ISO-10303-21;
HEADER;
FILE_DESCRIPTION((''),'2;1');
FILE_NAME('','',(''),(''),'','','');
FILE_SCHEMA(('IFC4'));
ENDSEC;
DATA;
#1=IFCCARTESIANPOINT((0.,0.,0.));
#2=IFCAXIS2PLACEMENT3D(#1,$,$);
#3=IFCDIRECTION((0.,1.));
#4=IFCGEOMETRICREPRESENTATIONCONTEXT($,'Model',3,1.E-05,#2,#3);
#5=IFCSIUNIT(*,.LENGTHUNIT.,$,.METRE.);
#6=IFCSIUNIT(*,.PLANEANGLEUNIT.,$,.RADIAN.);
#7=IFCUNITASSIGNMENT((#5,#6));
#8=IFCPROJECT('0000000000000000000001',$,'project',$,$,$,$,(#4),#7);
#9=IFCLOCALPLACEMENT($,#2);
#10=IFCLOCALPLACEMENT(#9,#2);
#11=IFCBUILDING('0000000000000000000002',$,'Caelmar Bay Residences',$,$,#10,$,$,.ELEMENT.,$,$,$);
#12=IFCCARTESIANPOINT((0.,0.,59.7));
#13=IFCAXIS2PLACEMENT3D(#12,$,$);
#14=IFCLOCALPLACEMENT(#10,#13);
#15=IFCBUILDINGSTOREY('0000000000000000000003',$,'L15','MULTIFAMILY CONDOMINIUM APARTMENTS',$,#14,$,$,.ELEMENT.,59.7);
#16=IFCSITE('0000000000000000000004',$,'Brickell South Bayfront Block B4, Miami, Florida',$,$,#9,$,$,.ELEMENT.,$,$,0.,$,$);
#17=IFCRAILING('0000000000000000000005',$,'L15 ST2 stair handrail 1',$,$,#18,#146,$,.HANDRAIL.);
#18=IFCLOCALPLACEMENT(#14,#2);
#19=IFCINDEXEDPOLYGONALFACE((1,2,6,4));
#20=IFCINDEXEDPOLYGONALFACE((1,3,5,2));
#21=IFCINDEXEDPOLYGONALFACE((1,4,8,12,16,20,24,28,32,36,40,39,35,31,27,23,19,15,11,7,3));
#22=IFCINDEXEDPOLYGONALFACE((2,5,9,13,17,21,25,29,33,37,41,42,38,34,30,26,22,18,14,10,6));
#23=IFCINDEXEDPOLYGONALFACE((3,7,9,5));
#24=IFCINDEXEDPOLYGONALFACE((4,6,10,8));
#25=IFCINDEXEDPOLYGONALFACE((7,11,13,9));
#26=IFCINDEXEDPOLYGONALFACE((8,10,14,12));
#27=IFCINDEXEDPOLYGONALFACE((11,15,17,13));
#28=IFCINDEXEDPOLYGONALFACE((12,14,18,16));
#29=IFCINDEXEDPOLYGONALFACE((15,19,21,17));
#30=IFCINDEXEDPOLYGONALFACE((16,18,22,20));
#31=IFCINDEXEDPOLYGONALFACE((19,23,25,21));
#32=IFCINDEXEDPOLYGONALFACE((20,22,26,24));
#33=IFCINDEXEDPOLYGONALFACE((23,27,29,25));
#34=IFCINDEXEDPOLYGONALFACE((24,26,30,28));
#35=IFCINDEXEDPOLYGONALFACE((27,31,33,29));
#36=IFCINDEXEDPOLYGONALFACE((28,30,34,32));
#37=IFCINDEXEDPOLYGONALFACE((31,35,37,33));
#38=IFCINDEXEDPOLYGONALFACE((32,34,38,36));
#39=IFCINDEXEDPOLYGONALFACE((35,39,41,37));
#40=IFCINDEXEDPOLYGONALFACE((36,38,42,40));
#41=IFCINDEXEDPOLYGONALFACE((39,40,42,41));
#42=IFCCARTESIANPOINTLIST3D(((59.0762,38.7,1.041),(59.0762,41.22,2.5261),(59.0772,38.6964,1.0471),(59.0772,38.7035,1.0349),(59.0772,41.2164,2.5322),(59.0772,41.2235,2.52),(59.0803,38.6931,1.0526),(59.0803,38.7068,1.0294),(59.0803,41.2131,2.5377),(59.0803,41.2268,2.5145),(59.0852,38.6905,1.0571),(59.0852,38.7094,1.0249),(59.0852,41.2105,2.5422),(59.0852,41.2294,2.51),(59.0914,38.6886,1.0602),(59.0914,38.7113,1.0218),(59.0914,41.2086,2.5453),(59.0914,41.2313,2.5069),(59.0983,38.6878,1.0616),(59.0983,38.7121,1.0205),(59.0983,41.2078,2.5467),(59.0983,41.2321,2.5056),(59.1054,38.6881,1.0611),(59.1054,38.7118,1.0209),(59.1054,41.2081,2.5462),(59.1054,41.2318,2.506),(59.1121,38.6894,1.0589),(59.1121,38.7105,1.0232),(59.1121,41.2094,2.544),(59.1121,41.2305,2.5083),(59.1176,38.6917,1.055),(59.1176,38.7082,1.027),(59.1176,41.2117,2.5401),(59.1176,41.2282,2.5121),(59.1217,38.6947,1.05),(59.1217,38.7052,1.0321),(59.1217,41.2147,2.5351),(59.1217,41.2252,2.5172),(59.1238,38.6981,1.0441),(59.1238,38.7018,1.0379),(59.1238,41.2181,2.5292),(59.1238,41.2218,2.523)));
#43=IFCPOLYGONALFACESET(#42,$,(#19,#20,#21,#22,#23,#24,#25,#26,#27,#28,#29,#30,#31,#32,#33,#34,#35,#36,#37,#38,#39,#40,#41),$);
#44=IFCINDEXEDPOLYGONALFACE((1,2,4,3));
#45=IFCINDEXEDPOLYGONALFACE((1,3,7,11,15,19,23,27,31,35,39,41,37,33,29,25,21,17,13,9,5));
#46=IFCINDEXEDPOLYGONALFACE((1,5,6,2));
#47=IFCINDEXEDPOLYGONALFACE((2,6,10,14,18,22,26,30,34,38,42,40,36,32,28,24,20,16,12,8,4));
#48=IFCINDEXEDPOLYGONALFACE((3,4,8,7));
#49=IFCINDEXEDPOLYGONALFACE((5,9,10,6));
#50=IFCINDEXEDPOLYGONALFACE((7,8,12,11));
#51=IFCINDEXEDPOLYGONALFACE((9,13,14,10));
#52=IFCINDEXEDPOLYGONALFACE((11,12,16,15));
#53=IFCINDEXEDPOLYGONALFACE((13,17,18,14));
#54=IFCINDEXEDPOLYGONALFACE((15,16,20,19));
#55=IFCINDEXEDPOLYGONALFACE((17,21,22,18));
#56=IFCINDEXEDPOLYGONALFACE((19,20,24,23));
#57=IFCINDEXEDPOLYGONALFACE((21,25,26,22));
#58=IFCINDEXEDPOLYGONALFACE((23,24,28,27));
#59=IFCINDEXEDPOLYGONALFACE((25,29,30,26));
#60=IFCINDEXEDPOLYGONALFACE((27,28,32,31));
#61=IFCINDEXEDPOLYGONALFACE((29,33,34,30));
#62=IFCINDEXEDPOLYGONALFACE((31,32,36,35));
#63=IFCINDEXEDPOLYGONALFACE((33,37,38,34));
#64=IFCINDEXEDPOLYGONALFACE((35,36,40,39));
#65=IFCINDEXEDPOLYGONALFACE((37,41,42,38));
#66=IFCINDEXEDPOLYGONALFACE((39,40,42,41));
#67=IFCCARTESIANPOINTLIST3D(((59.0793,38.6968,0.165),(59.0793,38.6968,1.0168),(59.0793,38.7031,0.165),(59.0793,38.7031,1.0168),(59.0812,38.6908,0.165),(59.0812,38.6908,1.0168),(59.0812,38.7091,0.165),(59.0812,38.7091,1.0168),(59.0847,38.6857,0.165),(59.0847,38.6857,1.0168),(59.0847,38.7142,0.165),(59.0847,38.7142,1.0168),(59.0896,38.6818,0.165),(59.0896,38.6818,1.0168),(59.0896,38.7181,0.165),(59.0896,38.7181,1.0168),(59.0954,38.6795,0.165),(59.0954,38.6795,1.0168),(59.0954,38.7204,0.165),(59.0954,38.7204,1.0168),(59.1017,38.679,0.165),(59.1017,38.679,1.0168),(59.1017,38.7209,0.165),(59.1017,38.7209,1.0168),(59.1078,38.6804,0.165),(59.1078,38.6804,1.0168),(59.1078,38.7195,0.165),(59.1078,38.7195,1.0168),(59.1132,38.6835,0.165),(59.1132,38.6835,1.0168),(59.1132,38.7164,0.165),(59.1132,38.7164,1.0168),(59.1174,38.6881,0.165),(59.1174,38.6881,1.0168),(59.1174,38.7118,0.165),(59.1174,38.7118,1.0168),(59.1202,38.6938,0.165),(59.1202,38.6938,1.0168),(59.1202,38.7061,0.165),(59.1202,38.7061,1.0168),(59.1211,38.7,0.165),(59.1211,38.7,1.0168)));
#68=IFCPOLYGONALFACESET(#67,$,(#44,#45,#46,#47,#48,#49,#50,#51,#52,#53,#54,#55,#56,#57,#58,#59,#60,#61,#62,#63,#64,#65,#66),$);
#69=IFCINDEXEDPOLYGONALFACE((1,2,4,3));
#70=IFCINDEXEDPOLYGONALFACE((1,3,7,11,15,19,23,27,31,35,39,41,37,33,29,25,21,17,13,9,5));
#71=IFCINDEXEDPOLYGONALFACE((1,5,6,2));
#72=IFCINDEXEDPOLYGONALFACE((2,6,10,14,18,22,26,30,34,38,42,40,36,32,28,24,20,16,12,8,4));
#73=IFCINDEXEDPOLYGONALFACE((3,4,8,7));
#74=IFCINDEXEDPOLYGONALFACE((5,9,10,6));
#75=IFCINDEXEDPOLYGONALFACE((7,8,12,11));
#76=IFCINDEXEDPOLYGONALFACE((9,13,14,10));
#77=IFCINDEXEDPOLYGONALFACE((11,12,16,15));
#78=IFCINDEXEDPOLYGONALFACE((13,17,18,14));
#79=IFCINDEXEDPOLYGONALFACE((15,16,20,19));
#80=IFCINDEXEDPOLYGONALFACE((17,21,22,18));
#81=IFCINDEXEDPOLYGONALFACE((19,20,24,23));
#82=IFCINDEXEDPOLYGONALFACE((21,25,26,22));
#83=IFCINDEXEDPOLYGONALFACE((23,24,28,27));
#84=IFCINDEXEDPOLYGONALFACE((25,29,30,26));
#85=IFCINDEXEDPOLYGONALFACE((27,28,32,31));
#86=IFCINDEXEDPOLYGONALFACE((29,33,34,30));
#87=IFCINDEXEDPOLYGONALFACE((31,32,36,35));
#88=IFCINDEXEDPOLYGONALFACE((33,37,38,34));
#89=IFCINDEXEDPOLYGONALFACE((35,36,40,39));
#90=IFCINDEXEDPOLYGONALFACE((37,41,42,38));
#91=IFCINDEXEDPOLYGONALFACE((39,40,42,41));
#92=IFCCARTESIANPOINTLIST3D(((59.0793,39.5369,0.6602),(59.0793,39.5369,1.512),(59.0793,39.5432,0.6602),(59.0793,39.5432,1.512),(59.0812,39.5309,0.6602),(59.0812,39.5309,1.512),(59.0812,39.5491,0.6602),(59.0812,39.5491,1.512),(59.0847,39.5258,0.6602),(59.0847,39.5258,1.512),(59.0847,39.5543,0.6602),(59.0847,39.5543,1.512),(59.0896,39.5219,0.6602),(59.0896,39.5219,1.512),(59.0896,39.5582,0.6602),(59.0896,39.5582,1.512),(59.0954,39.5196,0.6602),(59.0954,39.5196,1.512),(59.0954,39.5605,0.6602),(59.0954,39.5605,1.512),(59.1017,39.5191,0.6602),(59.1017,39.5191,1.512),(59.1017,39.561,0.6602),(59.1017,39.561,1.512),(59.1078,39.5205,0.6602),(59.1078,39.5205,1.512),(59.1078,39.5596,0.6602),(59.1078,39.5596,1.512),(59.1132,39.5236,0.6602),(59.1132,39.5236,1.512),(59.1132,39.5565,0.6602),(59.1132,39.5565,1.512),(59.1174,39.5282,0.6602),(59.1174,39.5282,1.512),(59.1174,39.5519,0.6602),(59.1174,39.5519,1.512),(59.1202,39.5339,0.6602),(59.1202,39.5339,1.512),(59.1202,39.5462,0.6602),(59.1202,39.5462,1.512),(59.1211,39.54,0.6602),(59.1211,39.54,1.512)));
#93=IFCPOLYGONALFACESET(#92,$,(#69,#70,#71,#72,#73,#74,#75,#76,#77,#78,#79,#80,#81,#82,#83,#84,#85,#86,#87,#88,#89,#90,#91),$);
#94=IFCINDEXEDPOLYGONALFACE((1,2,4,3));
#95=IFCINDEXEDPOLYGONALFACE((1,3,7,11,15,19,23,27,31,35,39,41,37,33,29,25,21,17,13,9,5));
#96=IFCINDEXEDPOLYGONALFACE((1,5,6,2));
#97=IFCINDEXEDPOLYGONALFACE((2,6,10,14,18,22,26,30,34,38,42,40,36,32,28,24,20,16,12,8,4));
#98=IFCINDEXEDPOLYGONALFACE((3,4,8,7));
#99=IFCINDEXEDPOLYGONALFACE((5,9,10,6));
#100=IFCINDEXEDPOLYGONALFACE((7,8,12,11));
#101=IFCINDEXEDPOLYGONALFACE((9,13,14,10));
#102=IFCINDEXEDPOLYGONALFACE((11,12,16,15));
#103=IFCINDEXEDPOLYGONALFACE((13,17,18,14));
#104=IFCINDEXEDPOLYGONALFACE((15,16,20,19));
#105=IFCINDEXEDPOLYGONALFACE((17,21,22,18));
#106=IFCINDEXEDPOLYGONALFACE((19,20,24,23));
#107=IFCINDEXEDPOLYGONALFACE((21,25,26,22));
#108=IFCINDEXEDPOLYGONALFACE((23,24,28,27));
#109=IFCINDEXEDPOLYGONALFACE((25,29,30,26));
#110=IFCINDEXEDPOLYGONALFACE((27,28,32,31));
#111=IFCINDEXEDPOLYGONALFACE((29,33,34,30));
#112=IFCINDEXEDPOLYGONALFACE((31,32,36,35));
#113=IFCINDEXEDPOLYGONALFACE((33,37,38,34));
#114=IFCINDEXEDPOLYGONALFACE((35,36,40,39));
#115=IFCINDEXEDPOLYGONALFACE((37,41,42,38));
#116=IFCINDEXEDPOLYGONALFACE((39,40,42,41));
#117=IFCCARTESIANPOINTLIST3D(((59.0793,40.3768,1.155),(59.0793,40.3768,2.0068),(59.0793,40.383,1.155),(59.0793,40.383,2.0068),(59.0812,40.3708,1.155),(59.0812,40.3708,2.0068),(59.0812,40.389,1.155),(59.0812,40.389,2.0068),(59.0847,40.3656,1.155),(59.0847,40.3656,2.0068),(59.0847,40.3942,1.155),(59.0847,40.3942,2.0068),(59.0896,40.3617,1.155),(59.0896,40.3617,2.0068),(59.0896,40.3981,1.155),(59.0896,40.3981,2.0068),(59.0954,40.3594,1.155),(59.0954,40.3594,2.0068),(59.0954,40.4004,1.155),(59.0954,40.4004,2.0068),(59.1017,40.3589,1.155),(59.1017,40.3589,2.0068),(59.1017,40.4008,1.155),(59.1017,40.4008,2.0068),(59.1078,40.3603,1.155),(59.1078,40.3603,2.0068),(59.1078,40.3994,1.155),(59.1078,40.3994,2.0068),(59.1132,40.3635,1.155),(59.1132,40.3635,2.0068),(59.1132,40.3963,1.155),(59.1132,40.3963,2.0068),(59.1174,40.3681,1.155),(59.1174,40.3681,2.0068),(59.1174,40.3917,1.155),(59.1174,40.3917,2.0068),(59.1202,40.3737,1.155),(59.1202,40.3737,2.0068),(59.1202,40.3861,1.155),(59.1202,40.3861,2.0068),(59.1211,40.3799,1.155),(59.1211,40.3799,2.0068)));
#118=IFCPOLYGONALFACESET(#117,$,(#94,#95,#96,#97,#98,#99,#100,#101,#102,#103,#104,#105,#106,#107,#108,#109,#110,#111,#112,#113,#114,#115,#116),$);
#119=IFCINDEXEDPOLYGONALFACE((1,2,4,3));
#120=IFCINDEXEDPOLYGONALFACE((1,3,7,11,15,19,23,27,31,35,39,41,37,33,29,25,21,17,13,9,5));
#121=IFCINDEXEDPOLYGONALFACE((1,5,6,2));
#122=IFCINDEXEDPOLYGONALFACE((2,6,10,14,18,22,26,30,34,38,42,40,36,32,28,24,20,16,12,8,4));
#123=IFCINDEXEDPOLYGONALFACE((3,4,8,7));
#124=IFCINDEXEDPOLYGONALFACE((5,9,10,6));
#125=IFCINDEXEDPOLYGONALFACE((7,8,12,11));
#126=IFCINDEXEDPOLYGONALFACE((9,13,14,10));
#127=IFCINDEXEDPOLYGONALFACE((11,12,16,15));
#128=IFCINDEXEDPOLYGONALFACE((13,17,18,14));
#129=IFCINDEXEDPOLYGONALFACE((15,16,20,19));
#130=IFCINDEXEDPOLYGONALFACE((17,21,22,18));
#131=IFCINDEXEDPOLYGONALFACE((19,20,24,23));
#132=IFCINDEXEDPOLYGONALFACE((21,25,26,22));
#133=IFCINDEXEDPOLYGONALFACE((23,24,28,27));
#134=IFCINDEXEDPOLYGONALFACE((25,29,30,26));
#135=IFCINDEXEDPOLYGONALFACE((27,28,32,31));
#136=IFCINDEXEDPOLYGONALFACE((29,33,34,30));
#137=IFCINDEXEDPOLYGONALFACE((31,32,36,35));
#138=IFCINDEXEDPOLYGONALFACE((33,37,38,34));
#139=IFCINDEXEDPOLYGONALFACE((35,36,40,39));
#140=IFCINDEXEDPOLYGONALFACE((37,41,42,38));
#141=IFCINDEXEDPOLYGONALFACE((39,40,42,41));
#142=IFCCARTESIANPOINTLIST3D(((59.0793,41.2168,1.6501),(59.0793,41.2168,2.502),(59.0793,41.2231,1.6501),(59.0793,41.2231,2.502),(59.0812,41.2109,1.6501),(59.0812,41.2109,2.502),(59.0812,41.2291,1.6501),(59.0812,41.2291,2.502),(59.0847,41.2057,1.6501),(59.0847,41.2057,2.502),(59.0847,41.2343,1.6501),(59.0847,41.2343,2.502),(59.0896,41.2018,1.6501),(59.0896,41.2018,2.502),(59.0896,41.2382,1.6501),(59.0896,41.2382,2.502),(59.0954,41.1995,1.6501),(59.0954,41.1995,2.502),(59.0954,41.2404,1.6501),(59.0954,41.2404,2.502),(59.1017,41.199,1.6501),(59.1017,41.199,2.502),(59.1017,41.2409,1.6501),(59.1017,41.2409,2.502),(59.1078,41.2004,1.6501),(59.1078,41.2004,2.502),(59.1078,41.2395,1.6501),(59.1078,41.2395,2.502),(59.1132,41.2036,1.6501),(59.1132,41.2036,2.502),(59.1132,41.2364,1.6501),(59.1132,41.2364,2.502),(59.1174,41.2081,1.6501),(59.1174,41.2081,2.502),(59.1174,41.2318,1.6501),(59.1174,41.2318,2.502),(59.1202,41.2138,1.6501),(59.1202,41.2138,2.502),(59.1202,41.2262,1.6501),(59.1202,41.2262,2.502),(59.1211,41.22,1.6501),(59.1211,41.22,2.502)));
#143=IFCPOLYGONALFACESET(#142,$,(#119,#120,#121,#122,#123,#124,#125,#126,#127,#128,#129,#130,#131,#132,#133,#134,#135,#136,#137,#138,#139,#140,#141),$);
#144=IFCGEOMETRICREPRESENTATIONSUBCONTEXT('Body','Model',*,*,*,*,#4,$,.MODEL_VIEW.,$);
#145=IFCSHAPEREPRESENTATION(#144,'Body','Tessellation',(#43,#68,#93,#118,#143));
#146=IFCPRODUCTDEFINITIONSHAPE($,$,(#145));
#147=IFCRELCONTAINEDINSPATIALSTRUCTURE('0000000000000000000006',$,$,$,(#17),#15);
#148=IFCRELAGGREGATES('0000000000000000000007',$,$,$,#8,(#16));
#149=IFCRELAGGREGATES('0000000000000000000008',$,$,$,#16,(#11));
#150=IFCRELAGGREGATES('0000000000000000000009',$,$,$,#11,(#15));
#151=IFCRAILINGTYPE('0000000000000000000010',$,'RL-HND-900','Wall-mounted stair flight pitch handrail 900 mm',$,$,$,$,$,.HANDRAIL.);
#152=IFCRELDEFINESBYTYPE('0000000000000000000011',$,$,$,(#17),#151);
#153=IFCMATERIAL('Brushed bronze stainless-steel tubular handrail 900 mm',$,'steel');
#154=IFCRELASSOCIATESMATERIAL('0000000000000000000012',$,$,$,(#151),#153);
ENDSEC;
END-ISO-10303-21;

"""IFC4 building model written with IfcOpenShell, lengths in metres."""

from ifc_helpers import new_model, si_unit, direction, frame, origin, origin_2d, place, context, subcontext, project, spatial, circle, extrude, material, type_object, element, save


model = new_model("IFC4")

# Units and contexts
model_context = context("Model", 3, precision=1e-05, world=origin(), true_north=direction((0.0, 1.0)))
body_context = subcontext(model_context, "Body", "Model", "MODEL_VIEW")
ifc_project = project(units=[si_unit("LENGTHUNIT", "METRE"), si_unit("PLANEANGLEUNIT", "RADIAN")], contexts=[model_context])

# Site, building, storey
site_placement = place(None, origin())
site = spatial("IfcSite", under=ifc_project, at=site_placement, Name="Brickell South Bayfront Block B4, Miami, Florida", CompositionType="ELEMENT", RefElevation=0.0)
building_placement = place(site_placement, origin())
building = spatial("IfcBuilding", under=site, at=building_placement, Name="Caelmar Bay Residences", CompositionType="ELEMENT")
storey_placement = place(building_placement, frame((0.0, 0.0, 59.7)))
storey = spatial("IfcBuildingStorey", under=building, at=storey_placement, Name="L15", Description="MULTIFAMILY CONDOMINIUM APARTMENTS", CompositionType="ELEMENT", Elevation=59.7)

# Railing
ifc_material_1 = material(Name="Brushed bronze stainless-steel tubular handrail 900 mm", Category="steel")
railing_type_1 = type_object("IfcRailingType", Name="RL-HND-900", Description="Wall-mounted stair flight pitch handrail 900 mm", PredefinedType="HANDRAIL", material=ifc_material_1)
railing_1_placement = place(storey_placement, frame((59.1001, 38.7, 0.165)))
element("IfcRailing", 1, at=railing_1_placement, inside=storey, type_object=railing_type_1, Name="L15 ST2 stair handrail 1", PredefinedType="HANDRAIL", context=body_context, shape_type="SweptSolid", body=[
    extrude(circle(Radius=0.0239, at=origin_2d()), frame((0.0, 0.0, 0.876), z_axis=(0.0, 0.861524, 0.507717), x_axis=(-1.0, 0.0, 0.0)), (0.0, 0.0, 1.0), 2.925),
    extrude(circle(Radius=0.021, at=origin_2d()), origin(), (0.0, 0.0, 1.0), 0.8518),
    extrude(circle(Radius=0.021, at=origin_2d()), frame((0.0, 0.8401, 0.4951)), (0.0, 0.0, 1.0), 0.8518),
    extrude(circle(Radius=0.021, at=origin_2d()), frame((0.0, 1.6799, 0.99)), (0.0, 0.0, 1.0), 0.8518),
    extrude(circle(Radius=0.021, at=origin_2d()), frame((0.0, 2.52, 1.4851)), (0.0, 0.0, 1.0), 0.8518),
])

save(model, "model.ifc")
